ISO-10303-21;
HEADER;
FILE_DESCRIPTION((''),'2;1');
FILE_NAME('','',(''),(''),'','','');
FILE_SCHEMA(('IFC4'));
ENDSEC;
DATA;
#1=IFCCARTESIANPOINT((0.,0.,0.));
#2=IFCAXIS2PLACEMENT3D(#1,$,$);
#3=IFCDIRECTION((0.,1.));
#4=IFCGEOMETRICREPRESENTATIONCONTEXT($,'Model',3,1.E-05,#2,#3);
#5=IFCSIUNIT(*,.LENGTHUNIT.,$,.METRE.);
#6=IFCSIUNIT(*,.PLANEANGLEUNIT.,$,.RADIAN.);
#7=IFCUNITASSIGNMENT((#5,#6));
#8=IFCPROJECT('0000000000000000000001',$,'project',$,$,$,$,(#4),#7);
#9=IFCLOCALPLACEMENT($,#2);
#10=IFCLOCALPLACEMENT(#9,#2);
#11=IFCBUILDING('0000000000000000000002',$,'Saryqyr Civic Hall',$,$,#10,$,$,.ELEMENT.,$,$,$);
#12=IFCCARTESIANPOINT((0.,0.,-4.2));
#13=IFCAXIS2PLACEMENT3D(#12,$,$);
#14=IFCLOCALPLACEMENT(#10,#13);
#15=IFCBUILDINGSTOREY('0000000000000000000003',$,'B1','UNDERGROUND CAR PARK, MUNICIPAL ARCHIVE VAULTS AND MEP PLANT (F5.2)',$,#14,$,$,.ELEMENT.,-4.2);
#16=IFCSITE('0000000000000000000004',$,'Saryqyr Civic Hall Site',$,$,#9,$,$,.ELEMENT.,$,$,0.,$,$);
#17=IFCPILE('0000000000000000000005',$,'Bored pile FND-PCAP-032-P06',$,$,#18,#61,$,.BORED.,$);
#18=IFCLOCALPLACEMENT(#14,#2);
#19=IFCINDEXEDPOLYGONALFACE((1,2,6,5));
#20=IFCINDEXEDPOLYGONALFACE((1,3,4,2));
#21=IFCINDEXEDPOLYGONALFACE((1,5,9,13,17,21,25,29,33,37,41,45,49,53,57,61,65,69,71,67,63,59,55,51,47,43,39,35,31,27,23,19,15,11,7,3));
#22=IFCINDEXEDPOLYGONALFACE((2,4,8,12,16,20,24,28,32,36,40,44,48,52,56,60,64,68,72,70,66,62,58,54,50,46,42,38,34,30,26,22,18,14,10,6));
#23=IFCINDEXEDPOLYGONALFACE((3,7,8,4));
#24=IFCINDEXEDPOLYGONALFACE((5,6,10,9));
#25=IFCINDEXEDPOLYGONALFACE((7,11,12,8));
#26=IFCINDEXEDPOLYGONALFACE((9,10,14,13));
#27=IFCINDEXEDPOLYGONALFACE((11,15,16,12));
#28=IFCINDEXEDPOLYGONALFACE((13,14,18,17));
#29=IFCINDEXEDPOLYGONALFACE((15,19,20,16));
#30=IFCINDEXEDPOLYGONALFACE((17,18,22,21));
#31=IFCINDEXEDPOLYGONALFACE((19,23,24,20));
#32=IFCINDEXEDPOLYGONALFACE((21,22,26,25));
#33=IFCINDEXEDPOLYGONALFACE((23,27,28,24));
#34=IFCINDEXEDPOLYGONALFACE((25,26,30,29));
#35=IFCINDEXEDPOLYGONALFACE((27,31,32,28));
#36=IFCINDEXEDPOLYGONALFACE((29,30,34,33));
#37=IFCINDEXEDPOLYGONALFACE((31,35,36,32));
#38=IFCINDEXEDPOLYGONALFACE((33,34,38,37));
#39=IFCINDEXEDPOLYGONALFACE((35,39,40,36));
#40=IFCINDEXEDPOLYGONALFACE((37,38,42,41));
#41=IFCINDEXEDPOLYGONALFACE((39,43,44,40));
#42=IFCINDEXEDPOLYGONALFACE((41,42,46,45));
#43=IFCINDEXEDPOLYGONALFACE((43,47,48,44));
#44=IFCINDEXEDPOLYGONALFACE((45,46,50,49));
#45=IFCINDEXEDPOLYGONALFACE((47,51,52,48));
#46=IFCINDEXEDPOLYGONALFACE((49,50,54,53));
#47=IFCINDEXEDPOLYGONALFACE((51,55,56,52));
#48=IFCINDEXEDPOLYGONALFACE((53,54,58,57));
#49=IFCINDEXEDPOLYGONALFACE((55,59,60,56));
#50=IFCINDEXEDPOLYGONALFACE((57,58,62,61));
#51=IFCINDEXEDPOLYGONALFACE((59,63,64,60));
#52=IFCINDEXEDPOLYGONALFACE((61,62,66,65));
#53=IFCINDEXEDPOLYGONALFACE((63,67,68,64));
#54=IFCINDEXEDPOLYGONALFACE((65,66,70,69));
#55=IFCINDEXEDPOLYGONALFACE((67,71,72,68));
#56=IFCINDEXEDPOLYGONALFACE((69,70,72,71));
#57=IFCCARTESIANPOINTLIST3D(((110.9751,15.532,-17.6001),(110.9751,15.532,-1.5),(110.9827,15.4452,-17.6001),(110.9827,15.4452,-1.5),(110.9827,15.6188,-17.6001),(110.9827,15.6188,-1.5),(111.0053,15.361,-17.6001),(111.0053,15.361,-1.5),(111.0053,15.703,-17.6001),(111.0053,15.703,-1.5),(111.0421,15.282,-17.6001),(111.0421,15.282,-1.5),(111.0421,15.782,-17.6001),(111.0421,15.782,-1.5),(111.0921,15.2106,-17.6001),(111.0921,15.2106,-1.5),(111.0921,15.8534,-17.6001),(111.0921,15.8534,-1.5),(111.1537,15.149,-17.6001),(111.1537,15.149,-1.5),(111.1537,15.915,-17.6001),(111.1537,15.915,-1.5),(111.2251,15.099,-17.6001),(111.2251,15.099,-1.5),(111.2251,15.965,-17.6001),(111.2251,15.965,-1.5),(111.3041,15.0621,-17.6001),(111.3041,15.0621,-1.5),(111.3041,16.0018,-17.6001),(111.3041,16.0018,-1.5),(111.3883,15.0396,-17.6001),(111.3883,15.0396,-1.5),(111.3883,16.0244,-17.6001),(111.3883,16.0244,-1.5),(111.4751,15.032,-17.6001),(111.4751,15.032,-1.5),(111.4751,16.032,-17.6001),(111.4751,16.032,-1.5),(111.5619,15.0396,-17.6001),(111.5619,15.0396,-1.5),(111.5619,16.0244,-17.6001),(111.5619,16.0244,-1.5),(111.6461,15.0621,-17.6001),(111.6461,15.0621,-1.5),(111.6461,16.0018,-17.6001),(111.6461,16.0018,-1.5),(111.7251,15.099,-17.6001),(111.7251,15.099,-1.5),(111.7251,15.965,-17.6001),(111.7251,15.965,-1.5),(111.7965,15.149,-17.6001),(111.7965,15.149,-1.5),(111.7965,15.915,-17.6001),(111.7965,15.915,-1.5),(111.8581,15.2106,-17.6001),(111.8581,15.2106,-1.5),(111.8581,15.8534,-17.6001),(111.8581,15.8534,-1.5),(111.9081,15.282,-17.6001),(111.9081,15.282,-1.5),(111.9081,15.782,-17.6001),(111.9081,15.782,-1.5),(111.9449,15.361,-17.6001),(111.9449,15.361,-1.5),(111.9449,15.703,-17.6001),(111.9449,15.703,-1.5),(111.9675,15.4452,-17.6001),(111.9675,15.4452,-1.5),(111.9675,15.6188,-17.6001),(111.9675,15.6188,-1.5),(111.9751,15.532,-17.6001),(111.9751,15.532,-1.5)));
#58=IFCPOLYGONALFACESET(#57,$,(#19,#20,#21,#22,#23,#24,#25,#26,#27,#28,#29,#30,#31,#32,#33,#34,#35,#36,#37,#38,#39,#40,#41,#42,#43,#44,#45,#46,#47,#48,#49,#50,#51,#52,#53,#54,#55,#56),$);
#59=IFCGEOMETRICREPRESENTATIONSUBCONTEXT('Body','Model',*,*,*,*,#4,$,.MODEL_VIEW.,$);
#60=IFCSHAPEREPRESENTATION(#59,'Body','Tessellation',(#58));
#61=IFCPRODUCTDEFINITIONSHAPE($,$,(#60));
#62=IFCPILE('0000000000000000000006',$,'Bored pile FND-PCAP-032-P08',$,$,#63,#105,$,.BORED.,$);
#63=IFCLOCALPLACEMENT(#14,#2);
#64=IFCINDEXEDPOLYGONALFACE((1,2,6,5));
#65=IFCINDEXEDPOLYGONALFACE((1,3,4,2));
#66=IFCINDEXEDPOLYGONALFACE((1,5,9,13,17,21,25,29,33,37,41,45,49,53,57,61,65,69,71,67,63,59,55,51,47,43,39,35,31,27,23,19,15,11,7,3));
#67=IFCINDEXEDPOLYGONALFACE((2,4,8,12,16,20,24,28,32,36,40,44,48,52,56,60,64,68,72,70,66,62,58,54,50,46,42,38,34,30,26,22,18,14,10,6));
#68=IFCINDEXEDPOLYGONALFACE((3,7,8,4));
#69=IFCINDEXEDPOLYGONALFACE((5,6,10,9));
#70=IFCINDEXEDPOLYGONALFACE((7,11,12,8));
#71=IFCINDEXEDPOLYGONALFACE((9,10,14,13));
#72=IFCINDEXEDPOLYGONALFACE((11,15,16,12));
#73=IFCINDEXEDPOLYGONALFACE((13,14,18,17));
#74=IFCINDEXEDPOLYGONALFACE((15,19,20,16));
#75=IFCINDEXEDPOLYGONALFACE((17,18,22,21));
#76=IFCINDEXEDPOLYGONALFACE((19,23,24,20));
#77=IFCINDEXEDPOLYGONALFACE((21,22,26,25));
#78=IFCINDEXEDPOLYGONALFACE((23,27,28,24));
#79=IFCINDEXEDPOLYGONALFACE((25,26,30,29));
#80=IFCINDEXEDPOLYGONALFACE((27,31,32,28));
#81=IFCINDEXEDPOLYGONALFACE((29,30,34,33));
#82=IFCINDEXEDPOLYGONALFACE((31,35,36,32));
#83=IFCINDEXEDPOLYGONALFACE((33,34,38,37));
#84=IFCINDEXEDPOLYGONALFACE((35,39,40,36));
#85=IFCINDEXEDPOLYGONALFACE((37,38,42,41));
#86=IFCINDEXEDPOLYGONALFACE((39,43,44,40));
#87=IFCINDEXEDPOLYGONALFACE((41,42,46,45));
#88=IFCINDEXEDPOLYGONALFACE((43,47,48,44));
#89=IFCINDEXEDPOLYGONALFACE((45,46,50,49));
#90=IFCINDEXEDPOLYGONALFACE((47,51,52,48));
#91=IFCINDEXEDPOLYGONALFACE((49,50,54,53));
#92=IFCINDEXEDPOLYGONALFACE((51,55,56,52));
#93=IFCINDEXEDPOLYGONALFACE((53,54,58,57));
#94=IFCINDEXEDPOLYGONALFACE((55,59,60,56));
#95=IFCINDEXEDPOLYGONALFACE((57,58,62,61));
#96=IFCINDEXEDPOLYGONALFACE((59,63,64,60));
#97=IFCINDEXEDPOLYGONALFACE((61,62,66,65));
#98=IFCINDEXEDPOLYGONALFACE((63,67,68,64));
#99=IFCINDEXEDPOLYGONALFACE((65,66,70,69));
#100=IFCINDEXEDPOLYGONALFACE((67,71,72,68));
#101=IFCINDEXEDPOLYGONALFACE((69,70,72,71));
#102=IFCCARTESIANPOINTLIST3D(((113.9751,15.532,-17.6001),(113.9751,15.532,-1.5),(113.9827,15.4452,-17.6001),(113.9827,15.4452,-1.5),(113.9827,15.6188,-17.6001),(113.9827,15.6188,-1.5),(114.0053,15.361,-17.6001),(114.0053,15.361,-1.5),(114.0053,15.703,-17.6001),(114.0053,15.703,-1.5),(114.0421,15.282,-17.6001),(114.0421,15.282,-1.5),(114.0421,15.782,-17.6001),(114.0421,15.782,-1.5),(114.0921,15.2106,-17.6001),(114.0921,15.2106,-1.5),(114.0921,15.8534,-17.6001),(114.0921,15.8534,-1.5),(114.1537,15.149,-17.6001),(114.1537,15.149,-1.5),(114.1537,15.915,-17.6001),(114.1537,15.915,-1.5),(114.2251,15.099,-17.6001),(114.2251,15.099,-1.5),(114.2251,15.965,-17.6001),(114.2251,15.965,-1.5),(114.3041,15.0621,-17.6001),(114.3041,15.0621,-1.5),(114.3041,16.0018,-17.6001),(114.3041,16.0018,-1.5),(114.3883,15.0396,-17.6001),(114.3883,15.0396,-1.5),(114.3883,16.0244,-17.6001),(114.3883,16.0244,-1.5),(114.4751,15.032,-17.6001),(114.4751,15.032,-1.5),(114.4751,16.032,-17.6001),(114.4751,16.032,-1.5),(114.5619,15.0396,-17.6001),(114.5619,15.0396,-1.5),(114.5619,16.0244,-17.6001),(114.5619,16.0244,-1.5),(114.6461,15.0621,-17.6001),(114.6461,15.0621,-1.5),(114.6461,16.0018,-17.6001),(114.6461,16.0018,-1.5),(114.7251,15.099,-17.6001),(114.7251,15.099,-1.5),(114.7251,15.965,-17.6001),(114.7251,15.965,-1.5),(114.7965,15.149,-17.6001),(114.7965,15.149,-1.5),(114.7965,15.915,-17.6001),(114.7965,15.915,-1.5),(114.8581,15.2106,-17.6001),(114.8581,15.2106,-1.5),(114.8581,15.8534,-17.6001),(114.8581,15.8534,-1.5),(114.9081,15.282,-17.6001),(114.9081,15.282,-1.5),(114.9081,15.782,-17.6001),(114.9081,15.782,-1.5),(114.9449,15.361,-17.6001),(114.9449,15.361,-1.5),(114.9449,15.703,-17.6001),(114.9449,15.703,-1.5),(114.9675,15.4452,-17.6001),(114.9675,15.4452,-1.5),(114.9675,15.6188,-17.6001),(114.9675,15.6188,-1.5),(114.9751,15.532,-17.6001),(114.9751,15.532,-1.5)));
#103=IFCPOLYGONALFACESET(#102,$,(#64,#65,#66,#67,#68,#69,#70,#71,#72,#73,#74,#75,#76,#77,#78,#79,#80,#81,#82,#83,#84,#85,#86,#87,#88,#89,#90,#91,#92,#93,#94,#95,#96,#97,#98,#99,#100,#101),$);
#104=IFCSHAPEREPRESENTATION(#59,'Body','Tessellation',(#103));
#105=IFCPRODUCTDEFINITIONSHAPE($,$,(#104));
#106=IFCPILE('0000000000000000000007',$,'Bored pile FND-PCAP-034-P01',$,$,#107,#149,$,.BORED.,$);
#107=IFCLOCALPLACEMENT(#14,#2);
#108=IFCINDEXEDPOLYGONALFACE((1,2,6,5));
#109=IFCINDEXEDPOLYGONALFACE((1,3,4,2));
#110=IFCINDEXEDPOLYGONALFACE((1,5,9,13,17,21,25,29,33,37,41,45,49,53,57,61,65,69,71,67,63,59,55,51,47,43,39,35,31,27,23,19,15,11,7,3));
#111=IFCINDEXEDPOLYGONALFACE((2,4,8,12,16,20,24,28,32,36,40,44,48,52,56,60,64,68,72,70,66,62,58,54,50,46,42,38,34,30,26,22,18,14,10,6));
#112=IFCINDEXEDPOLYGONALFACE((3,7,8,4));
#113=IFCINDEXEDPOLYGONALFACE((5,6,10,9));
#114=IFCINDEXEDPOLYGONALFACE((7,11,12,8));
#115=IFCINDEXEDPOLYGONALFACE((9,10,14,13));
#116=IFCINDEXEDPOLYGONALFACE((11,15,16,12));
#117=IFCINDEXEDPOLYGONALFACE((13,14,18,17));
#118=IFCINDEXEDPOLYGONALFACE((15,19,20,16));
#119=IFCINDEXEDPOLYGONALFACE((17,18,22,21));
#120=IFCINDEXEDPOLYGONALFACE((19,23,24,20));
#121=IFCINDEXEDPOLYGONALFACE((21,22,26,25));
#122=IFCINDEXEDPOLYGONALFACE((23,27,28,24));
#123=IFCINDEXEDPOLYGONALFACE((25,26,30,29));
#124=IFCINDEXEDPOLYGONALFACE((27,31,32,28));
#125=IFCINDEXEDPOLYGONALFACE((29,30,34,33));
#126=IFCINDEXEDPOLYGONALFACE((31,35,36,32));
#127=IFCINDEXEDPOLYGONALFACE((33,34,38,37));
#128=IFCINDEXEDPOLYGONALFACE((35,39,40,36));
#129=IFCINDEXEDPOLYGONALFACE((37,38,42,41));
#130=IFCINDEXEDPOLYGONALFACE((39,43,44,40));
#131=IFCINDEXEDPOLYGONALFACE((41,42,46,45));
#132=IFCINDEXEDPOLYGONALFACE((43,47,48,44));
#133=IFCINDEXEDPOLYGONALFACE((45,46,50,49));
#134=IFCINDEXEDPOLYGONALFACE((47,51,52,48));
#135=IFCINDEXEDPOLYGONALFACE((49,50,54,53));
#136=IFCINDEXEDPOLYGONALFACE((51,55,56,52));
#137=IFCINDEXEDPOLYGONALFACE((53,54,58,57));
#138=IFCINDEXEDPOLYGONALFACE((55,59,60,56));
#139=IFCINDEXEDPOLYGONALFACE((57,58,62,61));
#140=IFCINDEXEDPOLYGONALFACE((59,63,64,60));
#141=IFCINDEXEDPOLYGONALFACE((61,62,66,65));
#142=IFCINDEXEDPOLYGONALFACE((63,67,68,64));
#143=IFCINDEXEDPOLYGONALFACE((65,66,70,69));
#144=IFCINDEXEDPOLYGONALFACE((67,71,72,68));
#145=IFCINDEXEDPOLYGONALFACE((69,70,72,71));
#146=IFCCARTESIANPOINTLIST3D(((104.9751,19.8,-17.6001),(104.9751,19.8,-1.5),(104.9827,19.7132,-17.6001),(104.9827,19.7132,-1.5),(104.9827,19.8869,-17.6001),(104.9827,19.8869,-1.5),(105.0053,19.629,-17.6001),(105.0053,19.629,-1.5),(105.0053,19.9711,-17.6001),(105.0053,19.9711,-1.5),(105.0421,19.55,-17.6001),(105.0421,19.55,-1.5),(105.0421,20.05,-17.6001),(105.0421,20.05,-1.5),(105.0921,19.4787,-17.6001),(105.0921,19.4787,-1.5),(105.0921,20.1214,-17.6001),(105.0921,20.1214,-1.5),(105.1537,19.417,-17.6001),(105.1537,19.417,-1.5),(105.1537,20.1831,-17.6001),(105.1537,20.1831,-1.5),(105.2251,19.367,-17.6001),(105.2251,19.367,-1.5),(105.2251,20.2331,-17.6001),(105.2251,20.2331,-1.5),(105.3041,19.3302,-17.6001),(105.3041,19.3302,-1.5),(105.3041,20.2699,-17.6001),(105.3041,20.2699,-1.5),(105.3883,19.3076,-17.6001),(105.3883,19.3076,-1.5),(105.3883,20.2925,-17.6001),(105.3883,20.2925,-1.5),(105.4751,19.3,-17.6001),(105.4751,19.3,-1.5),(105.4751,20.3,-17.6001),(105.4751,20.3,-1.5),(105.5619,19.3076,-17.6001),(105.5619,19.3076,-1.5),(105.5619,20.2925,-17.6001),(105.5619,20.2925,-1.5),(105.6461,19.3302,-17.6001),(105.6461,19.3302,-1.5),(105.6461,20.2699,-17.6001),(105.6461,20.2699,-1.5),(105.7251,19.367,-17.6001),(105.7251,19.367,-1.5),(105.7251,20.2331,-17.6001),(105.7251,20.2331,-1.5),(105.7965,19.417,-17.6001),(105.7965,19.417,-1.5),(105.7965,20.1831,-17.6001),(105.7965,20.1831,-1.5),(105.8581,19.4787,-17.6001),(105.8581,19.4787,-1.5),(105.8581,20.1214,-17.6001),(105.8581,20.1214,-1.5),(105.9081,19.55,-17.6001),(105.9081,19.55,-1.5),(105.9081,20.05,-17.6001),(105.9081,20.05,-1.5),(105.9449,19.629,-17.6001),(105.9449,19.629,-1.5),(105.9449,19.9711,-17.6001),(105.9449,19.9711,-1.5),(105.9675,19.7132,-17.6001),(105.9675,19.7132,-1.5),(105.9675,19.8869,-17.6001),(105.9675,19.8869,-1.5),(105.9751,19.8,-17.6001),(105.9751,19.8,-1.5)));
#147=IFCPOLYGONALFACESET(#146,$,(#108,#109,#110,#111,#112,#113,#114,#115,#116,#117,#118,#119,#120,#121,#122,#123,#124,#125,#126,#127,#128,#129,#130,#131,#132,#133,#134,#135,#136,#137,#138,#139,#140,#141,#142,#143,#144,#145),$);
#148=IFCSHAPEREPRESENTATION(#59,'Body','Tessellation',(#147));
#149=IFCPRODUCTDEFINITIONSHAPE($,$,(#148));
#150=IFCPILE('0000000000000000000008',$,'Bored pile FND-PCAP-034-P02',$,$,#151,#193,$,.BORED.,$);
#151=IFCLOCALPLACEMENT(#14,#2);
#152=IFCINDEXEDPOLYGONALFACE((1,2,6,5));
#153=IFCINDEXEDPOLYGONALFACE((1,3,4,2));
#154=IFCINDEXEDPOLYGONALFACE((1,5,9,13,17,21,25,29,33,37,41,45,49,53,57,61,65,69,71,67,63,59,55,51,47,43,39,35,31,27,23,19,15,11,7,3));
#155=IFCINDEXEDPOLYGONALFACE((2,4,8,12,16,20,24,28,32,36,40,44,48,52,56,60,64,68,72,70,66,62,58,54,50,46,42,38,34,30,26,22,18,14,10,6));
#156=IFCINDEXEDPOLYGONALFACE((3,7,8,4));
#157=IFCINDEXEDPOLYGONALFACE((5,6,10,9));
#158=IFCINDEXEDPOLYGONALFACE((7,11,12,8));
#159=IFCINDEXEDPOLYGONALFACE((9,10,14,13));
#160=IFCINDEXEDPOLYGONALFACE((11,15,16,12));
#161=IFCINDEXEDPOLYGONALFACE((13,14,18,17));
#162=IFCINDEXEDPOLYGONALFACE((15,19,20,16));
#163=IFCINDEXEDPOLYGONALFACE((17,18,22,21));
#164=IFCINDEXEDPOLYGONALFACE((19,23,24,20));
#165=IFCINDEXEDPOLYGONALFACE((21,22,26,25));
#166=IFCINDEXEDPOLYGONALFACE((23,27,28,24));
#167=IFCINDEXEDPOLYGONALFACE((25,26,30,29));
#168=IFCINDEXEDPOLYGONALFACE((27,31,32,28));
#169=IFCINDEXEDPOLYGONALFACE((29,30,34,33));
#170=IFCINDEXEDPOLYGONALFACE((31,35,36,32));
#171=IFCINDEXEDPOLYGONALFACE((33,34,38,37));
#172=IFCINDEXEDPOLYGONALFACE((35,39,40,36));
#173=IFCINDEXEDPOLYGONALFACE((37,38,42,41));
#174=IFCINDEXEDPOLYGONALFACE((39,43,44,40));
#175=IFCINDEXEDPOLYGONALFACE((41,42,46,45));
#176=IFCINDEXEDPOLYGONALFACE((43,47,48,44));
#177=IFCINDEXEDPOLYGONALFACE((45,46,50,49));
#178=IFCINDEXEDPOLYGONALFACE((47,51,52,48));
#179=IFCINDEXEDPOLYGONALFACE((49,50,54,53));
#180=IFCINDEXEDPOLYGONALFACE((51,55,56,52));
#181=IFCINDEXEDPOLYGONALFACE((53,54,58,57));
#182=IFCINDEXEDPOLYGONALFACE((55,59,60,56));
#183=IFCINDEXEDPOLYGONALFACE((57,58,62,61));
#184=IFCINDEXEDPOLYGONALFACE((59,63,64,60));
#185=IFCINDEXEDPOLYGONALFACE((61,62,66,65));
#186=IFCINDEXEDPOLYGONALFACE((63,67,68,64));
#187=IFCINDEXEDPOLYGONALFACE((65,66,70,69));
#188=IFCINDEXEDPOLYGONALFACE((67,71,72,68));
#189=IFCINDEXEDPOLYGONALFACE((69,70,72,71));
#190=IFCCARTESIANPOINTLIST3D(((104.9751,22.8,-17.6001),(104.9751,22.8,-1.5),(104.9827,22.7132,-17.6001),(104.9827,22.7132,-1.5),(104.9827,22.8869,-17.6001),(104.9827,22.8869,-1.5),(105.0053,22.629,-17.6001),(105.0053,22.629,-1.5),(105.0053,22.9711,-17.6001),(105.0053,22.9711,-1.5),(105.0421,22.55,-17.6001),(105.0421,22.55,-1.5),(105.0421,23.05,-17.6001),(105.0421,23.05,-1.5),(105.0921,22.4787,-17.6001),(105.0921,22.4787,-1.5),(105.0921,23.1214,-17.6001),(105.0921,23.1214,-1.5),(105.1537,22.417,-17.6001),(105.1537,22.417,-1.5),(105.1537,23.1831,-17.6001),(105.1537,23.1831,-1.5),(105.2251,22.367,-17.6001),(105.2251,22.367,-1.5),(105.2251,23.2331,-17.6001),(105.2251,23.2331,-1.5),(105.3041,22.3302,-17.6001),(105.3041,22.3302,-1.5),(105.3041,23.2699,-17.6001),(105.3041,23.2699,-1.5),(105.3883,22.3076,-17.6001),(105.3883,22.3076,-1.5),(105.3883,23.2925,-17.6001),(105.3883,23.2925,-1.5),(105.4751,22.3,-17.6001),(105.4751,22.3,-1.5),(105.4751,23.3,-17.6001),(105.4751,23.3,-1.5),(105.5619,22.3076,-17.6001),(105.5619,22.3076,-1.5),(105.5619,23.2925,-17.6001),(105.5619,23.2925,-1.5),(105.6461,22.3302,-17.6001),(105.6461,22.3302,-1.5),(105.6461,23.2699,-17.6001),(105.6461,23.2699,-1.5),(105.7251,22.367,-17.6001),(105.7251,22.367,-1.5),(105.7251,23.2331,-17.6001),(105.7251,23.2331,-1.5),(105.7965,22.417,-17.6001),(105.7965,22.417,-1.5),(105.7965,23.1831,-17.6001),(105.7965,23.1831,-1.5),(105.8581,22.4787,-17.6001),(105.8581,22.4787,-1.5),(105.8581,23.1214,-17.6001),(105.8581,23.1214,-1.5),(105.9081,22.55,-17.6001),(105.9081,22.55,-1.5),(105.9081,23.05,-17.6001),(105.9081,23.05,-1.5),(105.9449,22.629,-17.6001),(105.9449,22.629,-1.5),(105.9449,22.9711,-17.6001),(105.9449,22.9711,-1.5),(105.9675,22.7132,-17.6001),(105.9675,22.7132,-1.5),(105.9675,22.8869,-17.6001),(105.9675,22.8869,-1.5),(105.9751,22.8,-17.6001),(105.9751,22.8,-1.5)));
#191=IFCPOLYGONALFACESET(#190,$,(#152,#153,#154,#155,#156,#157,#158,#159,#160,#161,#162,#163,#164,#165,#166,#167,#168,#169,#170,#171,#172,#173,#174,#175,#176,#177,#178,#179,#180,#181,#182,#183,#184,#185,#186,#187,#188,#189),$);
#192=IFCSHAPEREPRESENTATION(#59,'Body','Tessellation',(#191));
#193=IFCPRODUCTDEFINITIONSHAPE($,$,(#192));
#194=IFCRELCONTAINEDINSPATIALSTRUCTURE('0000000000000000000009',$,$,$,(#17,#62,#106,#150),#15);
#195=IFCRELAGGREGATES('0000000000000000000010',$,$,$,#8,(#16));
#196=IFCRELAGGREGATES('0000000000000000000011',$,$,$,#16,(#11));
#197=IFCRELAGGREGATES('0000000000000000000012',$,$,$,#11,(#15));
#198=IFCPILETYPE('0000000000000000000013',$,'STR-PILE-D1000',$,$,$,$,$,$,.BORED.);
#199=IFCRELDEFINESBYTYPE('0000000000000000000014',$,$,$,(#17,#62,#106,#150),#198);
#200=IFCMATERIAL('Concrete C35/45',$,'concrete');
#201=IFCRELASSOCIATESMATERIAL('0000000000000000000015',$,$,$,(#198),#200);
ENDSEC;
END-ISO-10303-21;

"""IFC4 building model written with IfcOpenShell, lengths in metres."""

from ifc_helpers import new_model, si_unit, direction, frame, origin, origin_2d, place, context, subcontext, project, spatial, circle, extrude, material, material_profile, profile_set, type_object, element, save


model = new_model("IFC4")

# Units and contexts
model_context = context("Model", 3, precision=1e-05, world=origin(), true_north=direction((0.0, 1.0)))
body_context = subcontext(model_context, "Body", "Model", "MODEL_VIEW")
ifc_project = project(units=[si_unit("LENGTHUNIT", "METRE"), si_unit("PLANEANGLEUNIT", "RADIAN")], contexts=[model_context])

# Site, building, storey
site_placement = place(None, origin())
site = spatial("IfcSite", under=ifc_project, at=site_placement, Name="Saryqyr Civic Hall Site", CompositionType="ELEMENT", RefElevation=0.0)
building_placement = place(site_placement, origin())
building = spatial("IfcBuilding", under=site, at=building_placement, Name="Saryqyr Civic Hall", CompositionType="ELEMENT")
storey_placement = place(building_placement, frame((0.0, 0.0, -4.2)))
storey = spatial("IfcBuildingStorey", under=building, at=storey_placement, Name="B1", Description="UNDERGROUND CAR PARK, MUNICIPAL ARCHIVE VAULTS AND MEP PLANT (F5.2)", CompositionType="ELEMENT", Elevation=-4.2)

# Shared definitions
ifc_material_1 = material(Name="Concrete C35/45", Category="concrete")

# Piles
ifc_material_profile_1 = material_profile(ifc_material_1, circle(Radius=0.5, at=origin_2d()), Name="BORED PILE D1000")
ifc_profile_set_1 = profile_set([ifc_material_profile_1], Name="Concrete C35/45")
pile_type_1 = type_object("IfcPileType", Name="STR-PILE-D1000", PredefinedType="BORED", material=ifc_profile_set_1)
for number, where, z_axis, x_axis, name in (
    (1, (111.4751, 15.532, -1.5), (0.0, 0.0, -1.0), (1.0, 0.0, 0.0), "Bored pile FND-PCAP-032-P06"),
    (2, (114.4751, 15.532, -1.5), (0.0, 0.0, -1.0), (1.0, 0.0, 0.0), "Bored pile FND-PCAP-032-P08"),
    (3, (105.4751, 19.8, -1.5), (0.0, 0.0, -1.0), (1.0, 0.0, 0.0), "Bored pile FND-PCAP-034-P01"),
    (4, (105.4751, 22.8, -1.5), (0.0, 0.0, -1.0), (1.0, 0.0, 0.0), "Bored pile FND-PCAP-034-P02"),
):
    element("IfcPile", number, at=place(storey_placement, frame(where, z_axis=z_axis, x_axis=x_axis)), inside=storey, type_object=pile_type_1, Name=name, PredefinedType="BORED", context=body_context, shape_type="SweptSolid", body=[
        extrude(circle(Radius=0.5, at=origin_2d()), origin(), (0.0, 0.0, 1.0), 16.1001),
    ])

save(model, "model.ifc")
